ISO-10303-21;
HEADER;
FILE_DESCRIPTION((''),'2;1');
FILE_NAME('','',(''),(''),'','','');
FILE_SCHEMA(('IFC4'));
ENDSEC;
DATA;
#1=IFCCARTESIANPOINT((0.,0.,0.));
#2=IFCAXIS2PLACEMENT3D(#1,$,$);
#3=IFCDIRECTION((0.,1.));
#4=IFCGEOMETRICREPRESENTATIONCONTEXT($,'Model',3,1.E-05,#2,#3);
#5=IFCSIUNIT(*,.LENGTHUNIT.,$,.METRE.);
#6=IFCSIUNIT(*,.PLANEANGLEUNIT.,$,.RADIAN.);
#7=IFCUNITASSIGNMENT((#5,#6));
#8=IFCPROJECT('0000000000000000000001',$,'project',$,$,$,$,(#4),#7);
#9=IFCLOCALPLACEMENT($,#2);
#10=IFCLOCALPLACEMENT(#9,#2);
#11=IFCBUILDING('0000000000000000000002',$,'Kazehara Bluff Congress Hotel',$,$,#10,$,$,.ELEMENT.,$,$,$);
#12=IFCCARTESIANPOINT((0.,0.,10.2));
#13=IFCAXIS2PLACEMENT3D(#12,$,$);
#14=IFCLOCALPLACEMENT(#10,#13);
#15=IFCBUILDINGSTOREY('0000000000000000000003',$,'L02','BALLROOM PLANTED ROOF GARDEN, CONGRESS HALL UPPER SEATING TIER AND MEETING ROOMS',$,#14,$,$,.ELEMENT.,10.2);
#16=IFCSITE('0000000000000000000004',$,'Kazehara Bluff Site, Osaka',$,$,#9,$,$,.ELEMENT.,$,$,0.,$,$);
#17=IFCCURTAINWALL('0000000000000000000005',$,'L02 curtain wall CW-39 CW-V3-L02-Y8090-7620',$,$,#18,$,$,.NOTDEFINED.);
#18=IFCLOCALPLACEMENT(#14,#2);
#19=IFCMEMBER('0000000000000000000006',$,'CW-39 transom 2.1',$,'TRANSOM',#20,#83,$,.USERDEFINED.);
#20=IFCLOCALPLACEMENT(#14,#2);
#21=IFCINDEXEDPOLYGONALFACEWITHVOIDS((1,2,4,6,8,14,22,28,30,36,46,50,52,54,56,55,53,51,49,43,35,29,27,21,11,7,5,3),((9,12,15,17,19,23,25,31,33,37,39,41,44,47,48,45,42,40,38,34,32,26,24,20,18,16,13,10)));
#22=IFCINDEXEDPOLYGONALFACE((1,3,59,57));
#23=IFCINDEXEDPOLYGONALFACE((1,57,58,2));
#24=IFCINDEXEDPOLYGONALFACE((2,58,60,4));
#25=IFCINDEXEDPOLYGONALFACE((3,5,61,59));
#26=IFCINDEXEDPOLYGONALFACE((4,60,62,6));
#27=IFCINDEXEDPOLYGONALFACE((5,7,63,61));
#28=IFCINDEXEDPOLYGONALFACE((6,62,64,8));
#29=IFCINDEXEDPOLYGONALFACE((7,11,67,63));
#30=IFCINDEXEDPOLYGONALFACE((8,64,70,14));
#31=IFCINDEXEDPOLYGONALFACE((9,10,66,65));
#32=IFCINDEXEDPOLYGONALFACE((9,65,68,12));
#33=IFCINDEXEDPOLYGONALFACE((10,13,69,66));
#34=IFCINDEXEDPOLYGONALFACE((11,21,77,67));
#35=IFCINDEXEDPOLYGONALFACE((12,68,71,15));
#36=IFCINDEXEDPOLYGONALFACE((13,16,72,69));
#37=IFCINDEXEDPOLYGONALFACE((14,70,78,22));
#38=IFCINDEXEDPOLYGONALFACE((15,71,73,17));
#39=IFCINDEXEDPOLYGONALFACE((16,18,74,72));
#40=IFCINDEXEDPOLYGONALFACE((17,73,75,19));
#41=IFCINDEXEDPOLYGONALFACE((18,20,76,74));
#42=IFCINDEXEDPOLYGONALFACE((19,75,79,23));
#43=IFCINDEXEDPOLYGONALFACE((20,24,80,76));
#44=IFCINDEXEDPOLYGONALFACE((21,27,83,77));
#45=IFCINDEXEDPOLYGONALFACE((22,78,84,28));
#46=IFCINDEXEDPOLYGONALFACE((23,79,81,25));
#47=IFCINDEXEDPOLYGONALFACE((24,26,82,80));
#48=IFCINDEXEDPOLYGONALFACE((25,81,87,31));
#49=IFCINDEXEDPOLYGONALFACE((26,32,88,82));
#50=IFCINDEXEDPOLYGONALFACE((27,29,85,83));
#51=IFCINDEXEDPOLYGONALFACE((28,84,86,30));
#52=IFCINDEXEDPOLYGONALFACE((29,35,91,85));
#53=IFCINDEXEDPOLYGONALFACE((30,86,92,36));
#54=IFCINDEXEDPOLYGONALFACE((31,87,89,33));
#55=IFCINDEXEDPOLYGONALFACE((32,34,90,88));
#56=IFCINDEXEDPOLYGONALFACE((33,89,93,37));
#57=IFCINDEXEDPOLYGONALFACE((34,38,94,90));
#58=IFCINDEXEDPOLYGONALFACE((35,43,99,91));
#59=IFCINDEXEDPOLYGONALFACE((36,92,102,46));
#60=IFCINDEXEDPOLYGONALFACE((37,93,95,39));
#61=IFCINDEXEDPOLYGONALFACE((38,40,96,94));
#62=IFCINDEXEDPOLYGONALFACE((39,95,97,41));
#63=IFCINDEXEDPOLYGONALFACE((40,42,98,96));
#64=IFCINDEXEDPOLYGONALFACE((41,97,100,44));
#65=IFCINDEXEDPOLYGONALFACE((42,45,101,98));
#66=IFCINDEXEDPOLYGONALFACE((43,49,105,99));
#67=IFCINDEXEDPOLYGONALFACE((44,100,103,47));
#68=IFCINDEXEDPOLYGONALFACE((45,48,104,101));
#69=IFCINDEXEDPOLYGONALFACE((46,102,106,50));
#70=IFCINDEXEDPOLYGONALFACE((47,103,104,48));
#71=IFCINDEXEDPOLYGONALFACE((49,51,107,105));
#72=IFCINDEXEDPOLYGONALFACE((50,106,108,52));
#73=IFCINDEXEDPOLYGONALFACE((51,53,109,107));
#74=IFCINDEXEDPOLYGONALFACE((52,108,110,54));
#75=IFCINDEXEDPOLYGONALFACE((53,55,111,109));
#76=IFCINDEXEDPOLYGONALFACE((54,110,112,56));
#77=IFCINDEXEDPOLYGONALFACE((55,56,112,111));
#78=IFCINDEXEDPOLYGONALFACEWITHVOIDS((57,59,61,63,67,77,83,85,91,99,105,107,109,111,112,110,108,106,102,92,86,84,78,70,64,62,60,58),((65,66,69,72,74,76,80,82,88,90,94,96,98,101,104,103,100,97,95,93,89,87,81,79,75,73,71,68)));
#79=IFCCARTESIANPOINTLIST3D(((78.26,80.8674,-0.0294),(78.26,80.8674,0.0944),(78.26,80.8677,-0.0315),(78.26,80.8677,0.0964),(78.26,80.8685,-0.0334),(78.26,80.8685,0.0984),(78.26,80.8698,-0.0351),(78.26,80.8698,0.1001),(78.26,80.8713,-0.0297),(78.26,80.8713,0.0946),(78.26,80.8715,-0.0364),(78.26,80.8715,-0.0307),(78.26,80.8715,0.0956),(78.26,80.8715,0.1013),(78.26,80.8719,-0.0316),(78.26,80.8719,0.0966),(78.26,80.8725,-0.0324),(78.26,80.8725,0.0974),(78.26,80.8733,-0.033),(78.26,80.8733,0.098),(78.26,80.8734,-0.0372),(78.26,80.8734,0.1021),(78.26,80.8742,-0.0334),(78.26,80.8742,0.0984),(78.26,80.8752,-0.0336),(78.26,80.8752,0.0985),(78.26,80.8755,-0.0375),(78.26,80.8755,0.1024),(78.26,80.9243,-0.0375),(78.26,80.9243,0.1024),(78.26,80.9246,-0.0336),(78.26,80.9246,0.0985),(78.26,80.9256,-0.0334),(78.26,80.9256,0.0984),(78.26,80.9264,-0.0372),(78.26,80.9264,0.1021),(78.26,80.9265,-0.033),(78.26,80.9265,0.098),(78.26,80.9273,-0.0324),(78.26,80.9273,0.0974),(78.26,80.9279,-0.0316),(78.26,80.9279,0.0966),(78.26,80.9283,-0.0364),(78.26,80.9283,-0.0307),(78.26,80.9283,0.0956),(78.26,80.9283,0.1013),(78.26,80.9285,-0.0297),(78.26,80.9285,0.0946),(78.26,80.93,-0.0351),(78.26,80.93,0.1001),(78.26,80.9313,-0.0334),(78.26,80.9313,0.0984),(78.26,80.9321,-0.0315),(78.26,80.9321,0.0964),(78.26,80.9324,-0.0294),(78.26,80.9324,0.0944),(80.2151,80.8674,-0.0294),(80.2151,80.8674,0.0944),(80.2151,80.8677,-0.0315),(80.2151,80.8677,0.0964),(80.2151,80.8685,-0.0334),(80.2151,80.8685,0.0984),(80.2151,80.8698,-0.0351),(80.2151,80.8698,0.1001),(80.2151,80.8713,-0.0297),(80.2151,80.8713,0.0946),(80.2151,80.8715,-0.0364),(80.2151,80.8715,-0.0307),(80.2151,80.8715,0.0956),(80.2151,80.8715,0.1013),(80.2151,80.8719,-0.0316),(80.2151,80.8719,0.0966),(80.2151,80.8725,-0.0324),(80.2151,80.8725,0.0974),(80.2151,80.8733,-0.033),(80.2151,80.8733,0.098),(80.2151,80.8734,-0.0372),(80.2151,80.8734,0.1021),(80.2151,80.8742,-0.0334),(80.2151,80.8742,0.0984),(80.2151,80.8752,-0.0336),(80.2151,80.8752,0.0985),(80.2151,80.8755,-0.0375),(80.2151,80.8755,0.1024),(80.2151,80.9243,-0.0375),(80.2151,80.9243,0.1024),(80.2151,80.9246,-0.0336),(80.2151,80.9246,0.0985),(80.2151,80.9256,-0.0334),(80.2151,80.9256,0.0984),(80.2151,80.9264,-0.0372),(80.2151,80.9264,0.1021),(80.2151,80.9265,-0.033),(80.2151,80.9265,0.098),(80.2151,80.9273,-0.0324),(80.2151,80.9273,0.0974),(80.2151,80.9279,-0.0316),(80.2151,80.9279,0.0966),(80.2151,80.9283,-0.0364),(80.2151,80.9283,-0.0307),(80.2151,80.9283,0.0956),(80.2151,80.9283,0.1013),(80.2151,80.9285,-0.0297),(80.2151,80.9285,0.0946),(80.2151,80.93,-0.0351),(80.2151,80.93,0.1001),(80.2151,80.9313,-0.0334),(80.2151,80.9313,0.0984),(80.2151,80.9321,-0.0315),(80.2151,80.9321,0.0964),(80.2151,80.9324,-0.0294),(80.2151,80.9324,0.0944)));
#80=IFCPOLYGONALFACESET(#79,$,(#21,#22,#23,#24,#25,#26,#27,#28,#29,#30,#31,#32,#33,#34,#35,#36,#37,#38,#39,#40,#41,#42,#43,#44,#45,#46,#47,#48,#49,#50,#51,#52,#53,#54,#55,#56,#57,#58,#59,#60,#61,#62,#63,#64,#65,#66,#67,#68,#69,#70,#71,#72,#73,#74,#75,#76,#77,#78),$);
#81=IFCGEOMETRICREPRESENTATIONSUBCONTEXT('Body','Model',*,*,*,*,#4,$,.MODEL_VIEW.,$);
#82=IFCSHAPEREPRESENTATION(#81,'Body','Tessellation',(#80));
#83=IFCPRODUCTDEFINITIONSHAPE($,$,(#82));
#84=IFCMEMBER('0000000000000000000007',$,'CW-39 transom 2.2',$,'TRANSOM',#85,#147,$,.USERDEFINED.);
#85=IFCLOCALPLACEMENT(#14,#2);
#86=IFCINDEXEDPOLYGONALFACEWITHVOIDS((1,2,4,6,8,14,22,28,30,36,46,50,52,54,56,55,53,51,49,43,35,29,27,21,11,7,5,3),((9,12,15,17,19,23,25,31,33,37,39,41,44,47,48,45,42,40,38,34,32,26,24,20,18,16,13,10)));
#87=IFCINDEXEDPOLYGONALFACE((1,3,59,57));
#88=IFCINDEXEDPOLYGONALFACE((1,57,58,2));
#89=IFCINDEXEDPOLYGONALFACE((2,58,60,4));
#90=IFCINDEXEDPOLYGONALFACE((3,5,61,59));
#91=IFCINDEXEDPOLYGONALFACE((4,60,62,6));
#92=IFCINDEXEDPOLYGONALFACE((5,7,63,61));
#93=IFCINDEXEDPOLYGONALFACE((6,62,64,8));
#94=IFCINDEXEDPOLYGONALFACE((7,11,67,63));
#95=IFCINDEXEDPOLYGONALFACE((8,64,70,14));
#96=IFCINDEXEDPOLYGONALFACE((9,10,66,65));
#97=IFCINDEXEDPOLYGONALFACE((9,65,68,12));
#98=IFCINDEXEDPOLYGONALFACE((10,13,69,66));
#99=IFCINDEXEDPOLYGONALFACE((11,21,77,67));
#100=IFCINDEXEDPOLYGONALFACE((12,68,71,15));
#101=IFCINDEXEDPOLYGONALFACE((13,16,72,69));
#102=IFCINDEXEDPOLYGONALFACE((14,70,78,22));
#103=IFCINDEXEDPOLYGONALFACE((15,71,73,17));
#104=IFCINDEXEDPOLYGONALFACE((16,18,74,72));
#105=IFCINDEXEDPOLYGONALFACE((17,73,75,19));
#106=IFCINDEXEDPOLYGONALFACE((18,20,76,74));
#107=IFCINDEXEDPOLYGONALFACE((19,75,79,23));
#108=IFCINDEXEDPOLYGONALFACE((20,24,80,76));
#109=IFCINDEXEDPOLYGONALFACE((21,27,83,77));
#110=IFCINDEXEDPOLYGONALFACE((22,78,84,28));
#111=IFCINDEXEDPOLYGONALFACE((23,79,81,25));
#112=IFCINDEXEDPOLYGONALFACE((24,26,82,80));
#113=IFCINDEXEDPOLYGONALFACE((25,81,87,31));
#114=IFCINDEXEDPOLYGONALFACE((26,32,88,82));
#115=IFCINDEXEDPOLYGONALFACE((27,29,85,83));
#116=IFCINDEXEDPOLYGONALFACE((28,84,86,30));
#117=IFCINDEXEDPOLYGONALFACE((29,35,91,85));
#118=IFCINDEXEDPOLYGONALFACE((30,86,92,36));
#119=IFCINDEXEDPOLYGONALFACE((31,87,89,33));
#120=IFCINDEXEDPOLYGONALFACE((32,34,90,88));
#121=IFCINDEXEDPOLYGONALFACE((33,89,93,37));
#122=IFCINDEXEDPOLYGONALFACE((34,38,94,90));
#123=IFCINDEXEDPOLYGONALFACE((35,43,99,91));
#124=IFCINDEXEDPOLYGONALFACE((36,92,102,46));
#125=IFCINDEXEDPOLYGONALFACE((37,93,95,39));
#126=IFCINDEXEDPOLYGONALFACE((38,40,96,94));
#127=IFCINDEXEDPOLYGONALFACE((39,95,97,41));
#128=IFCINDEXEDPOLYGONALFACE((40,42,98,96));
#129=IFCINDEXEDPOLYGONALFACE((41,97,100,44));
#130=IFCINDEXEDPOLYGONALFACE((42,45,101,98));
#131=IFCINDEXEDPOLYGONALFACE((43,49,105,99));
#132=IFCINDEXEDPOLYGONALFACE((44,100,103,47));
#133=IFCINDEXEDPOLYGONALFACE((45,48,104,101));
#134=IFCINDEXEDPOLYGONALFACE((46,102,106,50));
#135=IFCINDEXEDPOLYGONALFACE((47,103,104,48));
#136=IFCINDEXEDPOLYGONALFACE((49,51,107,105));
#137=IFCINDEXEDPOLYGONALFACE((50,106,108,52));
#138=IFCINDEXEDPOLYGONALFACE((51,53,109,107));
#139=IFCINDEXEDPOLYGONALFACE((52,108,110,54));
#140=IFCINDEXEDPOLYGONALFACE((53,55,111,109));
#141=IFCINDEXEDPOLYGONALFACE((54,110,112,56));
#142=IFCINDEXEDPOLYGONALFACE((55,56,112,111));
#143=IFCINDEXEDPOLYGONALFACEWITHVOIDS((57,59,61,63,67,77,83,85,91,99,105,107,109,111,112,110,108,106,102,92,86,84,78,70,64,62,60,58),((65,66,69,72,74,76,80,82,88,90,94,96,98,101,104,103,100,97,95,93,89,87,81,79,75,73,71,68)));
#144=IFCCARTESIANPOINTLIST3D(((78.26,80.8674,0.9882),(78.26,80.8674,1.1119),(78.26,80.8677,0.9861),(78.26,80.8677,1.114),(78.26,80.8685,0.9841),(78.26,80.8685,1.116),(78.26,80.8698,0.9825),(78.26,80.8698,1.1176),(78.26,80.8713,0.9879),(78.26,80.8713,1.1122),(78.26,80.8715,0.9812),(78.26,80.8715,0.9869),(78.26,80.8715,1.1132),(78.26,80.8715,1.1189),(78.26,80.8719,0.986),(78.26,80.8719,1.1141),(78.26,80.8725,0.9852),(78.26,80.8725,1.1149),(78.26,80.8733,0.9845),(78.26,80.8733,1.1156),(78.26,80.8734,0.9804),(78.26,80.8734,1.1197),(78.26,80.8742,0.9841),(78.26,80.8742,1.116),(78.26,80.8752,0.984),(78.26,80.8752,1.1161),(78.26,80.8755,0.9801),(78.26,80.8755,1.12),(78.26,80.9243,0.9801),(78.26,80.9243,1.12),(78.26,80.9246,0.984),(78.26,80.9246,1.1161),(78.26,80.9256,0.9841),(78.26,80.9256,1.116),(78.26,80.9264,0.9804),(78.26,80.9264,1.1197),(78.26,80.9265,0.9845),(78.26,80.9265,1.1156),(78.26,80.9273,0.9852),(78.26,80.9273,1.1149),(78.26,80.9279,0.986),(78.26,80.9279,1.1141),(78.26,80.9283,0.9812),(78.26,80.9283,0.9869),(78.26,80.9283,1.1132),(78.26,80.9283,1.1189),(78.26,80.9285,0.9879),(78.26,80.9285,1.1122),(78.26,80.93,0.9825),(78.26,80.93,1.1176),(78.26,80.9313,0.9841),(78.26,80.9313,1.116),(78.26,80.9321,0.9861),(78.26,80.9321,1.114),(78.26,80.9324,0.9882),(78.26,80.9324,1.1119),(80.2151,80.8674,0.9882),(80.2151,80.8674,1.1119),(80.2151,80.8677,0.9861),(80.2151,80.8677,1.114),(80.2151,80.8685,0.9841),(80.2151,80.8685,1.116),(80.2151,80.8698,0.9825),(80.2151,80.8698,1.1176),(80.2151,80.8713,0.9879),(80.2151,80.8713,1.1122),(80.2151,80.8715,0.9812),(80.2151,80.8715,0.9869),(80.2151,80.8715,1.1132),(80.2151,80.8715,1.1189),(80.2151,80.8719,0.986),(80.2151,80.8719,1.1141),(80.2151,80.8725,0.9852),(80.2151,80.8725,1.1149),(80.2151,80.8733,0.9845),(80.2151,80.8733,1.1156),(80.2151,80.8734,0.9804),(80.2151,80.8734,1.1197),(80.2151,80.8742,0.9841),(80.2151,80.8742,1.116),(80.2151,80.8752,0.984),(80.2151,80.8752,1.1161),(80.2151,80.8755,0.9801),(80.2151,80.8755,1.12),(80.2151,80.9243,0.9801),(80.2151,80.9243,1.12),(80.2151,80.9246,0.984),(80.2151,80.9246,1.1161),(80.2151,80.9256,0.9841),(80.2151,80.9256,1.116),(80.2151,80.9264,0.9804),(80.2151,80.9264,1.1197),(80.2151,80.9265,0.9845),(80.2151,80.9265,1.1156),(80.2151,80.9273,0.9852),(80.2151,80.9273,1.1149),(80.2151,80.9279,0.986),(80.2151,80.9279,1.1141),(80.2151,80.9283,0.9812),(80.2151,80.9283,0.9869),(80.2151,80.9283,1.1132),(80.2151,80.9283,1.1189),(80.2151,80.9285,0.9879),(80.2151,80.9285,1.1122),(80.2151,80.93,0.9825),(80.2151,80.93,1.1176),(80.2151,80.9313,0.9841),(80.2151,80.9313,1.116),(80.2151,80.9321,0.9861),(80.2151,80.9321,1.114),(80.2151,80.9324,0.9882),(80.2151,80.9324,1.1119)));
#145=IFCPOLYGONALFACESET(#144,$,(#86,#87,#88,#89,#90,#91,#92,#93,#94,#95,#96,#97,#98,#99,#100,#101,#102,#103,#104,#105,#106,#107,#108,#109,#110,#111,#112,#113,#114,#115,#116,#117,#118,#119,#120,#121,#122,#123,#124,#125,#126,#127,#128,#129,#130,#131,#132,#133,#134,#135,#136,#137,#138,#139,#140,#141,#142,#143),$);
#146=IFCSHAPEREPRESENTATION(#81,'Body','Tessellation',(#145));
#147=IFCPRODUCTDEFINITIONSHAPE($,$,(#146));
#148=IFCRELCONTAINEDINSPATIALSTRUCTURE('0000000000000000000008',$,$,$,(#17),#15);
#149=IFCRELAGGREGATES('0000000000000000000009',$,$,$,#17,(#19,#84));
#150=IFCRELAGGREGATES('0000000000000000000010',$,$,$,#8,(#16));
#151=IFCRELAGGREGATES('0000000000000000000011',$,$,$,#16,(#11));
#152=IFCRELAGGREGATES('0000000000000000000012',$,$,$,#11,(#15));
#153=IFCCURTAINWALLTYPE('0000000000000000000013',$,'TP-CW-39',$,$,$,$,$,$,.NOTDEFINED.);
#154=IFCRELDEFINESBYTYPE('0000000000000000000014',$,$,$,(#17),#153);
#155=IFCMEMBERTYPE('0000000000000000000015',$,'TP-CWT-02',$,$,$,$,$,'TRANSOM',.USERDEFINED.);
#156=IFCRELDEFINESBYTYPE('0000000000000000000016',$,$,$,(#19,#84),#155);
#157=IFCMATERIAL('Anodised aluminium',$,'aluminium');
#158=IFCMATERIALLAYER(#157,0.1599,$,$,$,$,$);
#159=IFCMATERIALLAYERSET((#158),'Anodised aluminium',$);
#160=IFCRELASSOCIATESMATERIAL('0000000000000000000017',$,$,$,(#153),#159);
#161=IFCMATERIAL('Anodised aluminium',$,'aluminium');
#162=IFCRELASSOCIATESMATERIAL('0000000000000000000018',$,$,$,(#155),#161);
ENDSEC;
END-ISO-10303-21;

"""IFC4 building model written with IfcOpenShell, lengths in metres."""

from ifc_helpers import new_model, si_unit, direction, frame, origin, origin_2d, place, context, subcontext, project, spatial, hollow_rectangle, extrude, material, layer, layer_set, material_profile, profile_set, type_object, element, aggregate, save


model = new_model("IFC4")

# Units and contexts
model_context = context("Model", 3, precision=1e-05, world=origin(), true_north=direction((0.0, 1.0)))
body_context = subcontext(model_context, "Body", "Model", "MODEL_VIEW")
ifc_project = project(units=[si_unit("LENGTHUNIT", "METRE"), si_unit("PLANEANGLEUNIT", "RADIAN")], contexts=[model_context])

# Site, building, storey
site_placement = place(None, origin())
site = spatial("IfcSite", under=ifc_project, at=site_placement, Name="Kazehara Bluff Site, Osaka", CompositionType="ELEMENT", RefElevation=0.0)
building_placement = place(site_placement, origin())
building = spatial("IfcBuilding", under=site, at=building_placement, Name="Kazehara Bluff Congress Hotel", CompositionType="ELEMENT")
storey_placement = place(building_placement, frame((0.0, 0.0, 10.2)))
storey = spatial("IfcBuildingStorey", under=building, at=storey_placement, Name="L02", Description="BALLROOM PLANTED ROOF GARDEN, CONGRESS HALL UPPER SEATING TIER AND MEETING ROOMS", CompositionType="ELEMENT", Elevation=10.2)

# Shared definitions
ifc_material_1 = material(Name="Anodised aluminium", Category="aluminium")
ifc_layer_1 = layer(ifc_material_1, 0.1599)
ifc_layer_set_1 = layer_set([ifc_layer_1], Name="Anodised aluminium")
curtain_wall_type = type_object("IfcCurtainWallType", Name="TP-CW-39", PredefinedType="NOTDEFINED", material=ifc_layer_set_1)

# Curtain wall, members
curtain_wall_1_placement = place(storey_placement, origin())
curtain_wall_1 = element("IfcCurtainWall", 1, at=curtain_wall_1_placement, inside=storey, type_object=curtain_wall_type, Name="L02 curtain wall CW-39 CW-V3-L02-Y8090-7620", PredefinedType="NOTDEFINED")
ifc_material_2 = material(Name="Anodised aluminium", Category="aluminium")
ifc_material_profile_1 = material_profile(ifc_material_2, hollow_rectangle(XDim=0.0649, YDim=0.1399, WallThickness=0.0039, InnerFilletRadius=0.0039, OuterFilletRadius=0.0081, at=origin_2d()))
ifc_profile_set_1 = profile_set([ifc_material_profile_1], Name="Anodised aluminium")
member_type_1 = type_object("IfcMemberType", Name="TP-CWT-02", ElementType="TRANSOM", PredefinedType="USERDEFINED", material=ifc_profile_set_1)
member_1_placement = place(storey_placement, frame((78.26, 80.8999, 0.0325), z_axis=(1.0, 0.0, 0.0), x_axis=(0.0, 1.0, 0.0)))
member_1 = element("IfcMember", 2, at=member_1_placement, type_object=member_type_1, Name="CW-39 transom 2.1", ObjectType="TRANSOM", PredefinedType="USERDEFINED", context=body_context, shape_type="SweptSolid", body=[
    extrude(hollow_rectangle(XDim=0.0649, YDim=0.1399, WallThickness=0.0039, InnerFilletRadius=0.0039, OuterFilletRadius=0.0081, at=origin_2d()), origin(), (0.0, 0.0, 1.0), 1.9551),
])
member_2_placement = place(storey_placement, frame((78.26, 80.8999, 1.05), z_axis=(1.0, 0.0, 0.0), x_axis=(0.0, 1.0, 0.0)))
member_2 = element("IfcMember", 3, at=member_2_placement, type_object=member_type_1, Name="CW-39 transom 2.2", ObjectType="TRANSOM", PredefinedType="USERDEFINED", context=body_context, shape_type="SweptSolid", body=[
    extrude(hollow_rectangle(XDim=0.0649, YDim=0.1399, WallThickness=0.0039, InnerFilletRadius=0.0039, OuterFilletRadius=0.0081, at=origin_2d()), origin(), (0.0, 0.0, 1.0), 1.9551),
])

aggregate(curtain_wall_1, [member_1, member_2])

save(model, "model.ifc")
